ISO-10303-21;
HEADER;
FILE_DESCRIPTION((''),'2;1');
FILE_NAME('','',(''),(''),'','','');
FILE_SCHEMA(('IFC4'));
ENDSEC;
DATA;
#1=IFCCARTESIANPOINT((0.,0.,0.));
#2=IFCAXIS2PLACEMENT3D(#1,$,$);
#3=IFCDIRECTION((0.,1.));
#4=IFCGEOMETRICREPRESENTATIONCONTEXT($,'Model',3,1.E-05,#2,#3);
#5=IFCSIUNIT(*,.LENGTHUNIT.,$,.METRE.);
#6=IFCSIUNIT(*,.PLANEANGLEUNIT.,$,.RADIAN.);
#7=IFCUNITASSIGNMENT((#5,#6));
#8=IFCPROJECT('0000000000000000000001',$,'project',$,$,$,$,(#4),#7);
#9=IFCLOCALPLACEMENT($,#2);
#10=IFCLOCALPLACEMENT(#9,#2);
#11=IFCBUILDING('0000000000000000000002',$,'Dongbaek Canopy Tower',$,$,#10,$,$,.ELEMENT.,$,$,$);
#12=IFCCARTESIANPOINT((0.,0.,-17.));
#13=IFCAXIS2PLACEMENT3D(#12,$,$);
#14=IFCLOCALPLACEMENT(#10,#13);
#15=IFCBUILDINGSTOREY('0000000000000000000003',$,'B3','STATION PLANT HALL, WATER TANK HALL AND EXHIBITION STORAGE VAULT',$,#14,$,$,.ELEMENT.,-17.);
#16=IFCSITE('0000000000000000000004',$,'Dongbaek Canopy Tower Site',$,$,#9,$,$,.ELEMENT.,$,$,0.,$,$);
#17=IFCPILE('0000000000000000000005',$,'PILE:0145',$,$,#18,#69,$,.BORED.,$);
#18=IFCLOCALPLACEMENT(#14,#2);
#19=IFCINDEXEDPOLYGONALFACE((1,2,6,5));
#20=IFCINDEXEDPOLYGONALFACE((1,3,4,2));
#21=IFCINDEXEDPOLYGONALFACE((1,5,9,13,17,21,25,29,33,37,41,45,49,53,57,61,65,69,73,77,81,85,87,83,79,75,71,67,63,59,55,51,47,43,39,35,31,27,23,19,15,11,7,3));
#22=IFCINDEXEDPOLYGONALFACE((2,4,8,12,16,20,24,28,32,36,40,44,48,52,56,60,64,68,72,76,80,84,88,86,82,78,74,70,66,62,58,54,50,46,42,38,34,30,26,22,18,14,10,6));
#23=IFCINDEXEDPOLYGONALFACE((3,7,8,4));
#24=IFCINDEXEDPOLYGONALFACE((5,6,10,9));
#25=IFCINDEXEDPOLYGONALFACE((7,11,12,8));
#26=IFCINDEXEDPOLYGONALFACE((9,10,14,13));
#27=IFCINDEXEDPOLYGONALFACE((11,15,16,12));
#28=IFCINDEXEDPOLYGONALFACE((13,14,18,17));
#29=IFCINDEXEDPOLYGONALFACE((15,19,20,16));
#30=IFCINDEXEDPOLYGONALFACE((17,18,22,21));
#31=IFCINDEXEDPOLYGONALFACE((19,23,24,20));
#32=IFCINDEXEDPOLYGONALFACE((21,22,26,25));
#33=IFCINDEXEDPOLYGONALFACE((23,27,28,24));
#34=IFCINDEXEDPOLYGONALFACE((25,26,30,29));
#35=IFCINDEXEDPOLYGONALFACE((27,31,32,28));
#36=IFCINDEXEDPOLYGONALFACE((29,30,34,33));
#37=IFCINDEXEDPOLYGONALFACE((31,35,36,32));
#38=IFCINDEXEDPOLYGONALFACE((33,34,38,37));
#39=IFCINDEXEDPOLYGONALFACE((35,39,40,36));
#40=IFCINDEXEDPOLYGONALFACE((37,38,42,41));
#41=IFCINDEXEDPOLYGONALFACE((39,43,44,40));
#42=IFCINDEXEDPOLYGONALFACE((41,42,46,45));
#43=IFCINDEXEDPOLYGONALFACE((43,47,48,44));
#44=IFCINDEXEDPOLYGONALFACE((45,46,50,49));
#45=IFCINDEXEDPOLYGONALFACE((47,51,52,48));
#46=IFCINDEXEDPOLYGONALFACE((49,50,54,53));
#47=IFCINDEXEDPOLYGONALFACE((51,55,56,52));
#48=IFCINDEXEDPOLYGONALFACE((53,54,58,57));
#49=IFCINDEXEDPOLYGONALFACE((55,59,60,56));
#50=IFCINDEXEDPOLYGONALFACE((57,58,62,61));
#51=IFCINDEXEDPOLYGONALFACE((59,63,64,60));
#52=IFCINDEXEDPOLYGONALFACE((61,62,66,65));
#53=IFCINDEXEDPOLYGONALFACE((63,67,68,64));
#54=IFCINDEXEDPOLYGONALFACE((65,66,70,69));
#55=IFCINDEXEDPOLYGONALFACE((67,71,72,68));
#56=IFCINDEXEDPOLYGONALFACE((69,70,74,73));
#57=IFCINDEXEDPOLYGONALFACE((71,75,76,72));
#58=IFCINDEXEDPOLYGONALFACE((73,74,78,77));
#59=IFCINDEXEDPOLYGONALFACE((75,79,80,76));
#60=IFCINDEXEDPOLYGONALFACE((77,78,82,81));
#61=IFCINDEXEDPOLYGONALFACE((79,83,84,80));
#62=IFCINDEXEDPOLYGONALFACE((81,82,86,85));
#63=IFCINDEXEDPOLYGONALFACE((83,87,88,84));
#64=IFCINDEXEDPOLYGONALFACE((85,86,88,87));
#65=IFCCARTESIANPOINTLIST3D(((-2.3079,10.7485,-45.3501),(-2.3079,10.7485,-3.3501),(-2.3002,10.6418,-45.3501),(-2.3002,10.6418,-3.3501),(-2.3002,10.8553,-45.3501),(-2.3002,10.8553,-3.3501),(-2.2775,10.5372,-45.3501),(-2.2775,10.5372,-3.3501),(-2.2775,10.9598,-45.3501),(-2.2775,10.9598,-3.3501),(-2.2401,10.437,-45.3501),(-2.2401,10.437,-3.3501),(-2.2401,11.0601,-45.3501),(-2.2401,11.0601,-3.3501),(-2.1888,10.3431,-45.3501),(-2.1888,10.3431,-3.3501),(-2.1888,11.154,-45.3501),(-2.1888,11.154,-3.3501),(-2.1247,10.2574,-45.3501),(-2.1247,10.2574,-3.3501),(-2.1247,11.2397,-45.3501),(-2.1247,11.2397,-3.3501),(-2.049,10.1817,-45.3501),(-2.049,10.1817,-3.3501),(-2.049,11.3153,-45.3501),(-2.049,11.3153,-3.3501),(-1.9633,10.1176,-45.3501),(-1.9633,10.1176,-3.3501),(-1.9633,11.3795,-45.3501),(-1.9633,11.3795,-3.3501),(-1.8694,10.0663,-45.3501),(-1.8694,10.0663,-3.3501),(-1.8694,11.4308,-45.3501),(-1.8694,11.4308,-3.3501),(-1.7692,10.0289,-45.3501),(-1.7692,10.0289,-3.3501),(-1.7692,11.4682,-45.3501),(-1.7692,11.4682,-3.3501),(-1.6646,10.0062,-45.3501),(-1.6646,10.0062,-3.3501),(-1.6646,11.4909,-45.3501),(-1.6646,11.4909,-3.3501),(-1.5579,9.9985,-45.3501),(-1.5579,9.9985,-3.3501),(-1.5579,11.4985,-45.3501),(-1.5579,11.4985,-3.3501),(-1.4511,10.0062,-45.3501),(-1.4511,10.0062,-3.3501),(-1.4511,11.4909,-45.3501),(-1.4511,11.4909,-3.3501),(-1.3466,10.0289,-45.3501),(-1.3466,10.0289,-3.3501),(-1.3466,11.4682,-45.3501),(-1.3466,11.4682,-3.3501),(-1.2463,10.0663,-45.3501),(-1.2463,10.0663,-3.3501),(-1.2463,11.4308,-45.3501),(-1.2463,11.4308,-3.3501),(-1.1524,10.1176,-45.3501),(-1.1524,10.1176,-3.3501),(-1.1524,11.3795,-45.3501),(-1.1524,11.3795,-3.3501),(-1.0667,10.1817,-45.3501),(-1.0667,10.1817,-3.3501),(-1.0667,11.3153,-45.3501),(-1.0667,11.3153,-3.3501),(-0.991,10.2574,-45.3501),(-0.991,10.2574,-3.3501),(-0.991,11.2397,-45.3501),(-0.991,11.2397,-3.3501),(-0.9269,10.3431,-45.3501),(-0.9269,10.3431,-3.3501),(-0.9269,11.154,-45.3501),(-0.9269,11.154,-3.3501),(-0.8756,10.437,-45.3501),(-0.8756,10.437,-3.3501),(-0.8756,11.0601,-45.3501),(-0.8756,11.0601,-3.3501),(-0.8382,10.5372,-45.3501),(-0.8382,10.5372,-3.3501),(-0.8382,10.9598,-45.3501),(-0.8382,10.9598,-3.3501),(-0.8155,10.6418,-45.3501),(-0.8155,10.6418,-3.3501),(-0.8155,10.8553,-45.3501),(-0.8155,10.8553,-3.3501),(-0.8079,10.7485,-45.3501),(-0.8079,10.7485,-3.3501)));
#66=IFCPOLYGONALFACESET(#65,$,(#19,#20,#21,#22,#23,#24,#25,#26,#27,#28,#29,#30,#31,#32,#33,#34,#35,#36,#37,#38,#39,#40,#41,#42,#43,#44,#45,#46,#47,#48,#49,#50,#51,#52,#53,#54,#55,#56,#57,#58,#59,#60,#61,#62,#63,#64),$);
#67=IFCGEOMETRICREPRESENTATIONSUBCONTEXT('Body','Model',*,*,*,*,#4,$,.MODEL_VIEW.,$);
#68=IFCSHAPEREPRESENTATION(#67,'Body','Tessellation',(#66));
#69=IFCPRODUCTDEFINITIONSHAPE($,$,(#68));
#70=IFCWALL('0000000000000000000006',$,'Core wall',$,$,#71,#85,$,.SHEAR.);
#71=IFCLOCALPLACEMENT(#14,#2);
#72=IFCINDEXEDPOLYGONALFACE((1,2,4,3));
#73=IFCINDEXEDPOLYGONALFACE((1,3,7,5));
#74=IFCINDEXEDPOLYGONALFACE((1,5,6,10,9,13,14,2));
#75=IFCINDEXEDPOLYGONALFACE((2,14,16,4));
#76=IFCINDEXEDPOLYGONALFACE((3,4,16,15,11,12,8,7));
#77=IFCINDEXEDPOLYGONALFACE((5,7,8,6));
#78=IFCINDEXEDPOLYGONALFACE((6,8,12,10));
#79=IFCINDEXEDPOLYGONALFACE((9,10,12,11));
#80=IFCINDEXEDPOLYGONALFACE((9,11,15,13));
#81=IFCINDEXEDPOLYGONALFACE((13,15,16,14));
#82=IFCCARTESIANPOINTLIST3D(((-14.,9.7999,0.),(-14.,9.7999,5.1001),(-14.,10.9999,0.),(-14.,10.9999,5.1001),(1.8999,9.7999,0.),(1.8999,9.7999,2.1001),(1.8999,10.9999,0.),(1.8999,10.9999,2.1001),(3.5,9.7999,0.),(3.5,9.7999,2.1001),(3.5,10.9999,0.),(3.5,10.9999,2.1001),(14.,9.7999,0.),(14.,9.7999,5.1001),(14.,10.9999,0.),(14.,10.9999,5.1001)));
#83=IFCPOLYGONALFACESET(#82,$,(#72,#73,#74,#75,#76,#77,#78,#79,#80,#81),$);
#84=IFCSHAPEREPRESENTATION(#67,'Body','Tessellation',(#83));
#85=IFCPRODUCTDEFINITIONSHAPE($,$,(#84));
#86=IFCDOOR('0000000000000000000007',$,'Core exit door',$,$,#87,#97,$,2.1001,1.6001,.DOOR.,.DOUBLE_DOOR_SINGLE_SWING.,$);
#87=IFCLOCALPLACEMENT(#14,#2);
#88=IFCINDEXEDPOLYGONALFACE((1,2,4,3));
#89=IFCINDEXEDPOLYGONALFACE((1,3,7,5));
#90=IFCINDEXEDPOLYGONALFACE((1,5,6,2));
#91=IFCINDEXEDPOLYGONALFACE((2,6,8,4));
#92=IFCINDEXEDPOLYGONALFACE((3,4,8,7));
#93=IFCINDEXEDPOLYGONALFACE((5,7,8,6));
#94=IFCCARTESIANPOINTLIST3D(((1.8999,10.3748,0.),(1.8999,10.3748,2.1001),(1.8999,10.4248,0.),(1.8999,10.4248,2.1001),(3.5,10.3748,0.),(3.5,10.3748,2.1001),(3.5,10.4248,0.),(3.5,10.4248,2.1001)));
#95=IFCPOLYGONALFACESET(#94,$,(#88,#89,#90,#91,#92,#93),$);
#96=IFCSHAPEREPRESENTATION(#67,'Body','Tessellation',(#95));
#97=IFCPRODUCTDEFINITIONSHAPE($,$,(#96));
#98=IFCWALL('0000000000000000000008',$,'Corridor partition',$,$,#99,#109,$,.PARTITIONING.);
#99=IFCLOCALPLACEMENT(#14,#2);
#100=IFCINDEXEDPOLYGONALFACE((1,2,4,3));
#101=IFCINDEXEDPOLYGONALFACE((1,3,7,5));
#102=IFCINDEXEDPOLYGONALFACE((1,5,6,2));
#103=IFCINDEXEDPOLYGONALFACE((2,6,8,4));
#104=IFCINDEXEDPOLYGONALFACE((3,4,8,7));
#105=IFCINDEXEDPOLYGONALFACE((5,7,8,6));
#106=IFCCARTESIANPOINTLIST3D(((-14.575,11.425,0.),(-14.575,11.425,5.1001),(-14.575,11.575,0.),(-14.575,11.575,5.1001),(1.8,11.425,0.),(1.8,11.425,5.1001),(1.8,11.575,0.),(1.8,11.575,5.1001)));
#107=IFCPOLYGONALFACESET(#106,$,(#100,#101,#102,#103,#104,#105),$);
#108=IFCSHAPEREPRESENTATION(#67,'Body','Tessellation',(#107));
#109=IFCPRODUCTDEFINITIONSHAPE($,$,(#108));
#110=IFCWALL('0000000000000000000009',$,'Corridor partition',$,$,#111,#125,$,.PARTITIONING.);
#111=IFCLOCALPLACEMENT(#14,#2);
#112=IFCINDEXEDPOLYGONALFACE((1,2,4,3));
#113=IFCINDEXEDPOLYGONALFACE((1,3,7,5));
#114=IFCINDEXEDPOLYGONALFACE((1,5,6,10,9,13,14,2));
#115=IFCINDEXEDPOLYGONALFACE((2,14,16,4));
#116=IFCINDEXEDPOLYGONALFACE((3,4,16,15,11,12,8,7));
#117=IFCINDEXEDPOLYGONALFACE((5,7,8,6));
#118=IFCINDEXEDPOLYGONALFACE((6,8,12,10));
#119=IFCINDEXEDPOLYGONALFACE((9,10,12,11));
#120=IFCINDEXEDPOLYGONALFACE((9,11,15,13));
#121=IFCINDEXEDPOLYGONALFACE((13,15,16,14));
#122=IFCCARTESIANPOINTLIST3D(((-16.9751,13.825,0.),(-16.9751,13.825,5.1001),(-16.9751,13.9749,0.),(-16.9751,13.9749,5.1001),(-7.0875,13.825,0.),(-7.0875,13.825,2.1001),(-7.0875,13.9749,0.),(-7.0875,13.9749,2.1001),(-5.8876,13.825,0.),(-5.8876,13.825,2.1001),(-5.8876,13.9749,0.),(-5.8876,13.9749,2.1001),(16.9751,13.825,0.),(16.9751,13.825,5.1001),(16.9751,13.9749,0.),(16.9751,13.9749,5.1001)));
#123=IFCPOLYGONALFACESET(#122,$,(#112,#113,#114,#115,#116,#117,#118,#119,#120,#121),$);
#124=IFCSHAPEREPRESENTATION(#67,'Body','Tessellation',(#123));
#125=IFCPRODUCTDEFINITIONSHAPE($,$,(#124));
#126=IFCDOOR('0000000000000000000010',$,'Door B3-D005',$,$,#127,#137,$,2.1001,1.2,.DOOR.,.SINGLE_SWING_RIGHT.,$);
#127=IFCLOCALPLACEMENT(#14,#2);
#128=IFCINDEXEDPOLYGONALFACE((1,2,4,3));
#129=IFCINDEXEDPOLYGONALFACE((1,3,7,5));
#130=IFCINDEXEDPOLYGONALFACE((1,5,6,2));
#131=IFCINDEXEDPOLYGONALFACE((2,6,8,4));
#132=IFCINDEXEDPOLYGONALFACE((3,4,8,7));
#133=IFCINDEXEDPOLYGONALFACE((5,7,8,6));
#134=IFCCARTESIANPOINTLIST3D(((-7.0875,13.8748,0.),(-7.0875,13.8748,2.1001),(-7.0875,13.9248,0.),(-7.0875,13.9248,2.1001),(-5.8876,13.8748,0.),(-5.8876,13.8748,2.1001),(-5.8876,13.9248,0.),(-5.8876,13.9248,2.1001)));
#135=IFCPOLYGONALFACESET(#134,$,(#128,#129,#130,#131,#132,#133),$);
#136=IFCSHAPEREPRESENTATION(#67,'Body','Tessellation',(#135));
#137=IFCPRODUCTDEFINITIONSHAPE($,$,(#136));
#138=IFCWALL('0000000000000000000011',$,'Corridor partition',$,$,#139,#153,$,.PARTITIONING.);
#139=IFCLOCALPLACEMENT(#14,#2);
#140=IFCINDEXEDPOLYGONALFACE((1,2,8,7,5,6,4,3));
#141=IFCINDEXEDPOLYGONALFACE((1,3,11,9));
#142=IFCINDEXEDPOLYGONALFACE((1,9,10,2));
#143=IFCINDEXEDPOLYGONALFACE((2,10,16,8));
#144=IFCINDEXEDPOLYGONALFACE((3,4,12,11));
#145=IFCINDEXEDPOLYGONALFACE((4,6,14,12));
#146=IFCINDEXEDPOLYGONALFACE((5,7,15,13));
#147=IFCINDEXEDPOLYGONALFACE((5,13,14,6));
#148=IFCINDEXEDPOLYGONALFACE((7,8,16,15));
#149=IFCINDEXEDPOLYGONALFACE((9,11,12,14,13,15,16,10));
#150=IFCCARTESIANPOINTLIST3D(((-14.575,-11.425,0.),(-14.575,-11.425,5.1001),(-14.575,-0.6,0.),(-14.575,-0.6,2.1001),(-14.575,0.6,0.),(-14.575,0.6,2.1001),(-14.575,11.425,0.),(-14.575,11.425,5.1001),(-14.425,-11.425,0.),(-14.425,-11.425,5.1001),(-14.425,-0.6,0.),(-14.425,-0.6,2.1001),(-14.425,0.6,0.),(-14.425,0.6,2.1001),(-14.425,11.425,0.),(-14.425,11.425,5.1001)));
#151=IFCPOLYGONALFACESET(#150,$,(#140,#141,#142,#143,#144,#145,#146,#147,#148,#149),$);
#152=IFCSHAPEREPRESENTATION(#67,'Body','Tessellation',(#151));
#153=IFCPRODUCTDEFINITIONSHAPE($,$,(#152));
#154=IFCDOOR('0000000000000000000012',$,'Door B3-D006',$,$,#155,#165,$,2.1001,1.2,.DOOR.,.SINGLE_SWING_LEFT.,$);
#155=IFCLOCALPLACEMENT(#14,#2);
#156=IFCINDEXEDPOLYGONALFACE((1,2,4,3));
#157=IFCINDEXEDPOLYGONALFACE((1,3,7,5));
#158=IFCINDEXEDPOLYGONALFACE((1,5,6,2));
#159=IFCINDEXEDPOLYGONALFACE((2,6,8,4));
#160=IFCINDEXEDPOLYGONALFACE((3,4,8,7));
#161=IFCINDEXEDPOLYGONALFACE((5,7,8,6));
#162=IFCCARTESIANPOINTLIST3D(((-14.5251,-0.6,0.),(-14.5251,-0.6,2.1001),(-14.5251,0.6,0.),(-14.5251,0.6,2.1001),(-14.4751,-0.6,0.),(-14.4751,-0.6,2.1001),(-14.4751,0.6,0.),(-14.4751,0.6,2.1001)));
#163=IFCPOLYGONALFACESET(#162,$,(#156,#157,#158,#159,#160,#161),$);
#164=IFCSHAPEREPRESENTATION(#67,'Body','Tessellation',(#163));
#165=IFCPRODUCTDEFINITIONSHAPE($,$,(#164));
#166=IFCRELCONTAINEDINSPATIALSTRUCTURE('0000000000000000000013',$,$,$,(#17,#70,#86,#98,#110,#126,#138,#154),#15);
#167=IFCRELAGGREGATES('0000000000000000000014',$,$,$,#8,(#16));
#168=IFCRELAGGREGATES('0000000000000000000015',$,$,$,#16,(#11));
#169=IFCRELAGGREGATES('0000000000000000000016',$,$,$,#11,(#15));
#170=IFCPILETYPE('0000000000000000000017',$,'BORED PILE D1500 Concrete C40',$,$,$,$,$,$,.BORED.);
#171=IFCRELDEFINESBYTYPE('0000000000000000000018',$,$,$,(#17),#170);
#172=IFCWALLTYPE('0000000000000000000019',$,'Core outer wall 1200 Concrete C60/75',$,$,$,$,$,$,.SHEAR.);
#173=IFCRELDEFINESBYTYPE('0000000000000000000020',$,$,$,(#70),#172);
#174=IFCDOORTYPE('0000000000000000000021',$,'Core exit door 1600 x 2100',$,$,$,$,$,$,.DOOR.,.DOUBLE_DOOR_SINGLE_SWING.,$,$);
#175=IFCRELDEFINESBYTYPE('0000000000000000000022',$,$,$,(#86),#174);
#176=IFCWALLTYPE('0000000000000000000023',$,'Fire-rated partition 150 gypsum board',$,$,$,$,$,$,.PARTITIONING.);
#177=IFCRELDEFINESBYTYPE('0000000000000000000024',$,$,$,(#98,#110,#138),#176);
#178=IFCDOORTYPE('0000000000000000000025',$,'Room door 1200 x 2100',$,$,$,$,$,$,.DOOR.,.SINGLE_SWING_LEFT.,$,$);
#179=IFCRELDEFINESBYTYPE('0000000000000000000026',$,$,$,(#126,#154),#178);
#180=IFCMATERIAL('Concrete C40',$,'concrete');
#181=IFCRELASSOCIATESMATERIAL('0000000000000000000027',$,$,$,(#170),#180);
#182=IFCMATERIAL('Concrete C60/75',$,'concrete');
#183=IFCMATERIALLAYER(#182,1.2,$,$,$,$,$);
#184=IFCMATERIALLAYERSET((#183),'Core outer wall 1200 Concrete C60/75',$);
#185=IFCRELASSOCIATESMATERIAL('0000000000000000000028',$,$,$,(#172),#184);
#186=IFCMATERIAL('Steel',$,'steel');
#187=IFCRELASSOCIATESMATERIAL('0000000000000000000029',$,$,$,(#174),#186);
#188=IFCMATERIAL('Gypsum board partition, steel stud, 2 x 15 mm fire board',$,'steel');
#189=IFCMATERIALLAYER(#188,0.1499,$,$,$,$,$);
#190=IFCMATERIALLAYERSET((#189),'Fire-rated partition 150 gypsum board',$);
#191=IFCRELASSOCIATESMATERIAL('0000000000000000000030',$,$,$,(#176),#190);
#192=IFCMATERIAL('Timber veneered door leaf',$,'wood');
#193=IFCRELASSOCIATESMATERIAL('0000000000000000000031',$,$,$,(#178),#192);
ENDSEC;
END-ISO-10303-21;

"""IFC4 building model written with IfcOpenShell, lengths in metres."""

from ifc_helpers import new_model, si_unit, direction, frame, frame_2d, origin, origin_2d, place, context, subcontext, project, spatial, rectangle, circle, extrude, material, layer, layer_set, material_profile, profile_set, type_object, element, fill, save


model = new_model("IFC4")

# Units and contexts
model_context = context("Model", 3, precision=1e-05, world=origin(), true_north=direction((0.0, 1.0)))
body_context = subcontext(model_context, "Body", "Model", "MODEL_VIEW")
ifc_project = project(units=[si_unit("LENGTHUNIT", "METRE"), si_unit("PLANEANGLEUNIT", "RADIAN")], contexts=[model_context])

# Site, building, storey
site_placement = place(None, origin())
site = spatial("IfcSite", under=ifc_project, at=site_placement, Name="Dongbaek Canopy Tower Site", CompositionType="ELEMENT", RefElevation=0.0)
building_placement = place(site_placement, origin())
building = spatial("IfcBuilding", under=site, at=building_placement, Name="Dongbaek Canopy Tower", CompositionType="ELEMENT")
storey_placement = place(building_placement, frame((0.0, 0.0, -17.0)))
storey = spatial("IfcBuildingStorey", under=building, at=storey_placement, Name="B3", Description="STATION PLANT HALL, WATER TANK HALL AND EXHIBITION STORAGE VAULT", CompositionType="ELEMENT", Elevation=-17.0)

# Pile
ifc_material_1 = material(Name="Concrete C40", Category="concrete")
ifc_material_profile = material_profile(ifc_material_1, circle(Radius=0.75, at=origin_2d()), Name="BORED PILE D1500 Concrete C40")
ifc_profile_set = profile_set([ifc_material_profile], Name="Concrete C40")
pile_type = type_object("IfcPileType", Name="BORED PILE D1500 Concrete C40", PredefinedType="BORED", material=ifc_profile_set)
for number, where, z_axis, x_axis, name in (
    (1, (-1.5579, 10.7485, -3.3501), (0.0, 0.0, -1.0), (1.0, 0.0, 0.0), "PILE:0145"),
):
    element("IfcPile", number, at=place(storey_placement, frame(where, z_axis=z_axis, x_axis=x_axis)), inside=storey, type_object=pile_type, Name=name, PredefinedType="BORED", context=body_context, shape_type="SweptSolid", body=[
        extrude(circle(Radius=0.75, at=origin_2d()), origin(), (0.0, 0.0, 1.0), 42.0),
    ])

# Wall, opening, door
ifc_material_2 = material(Name="Concrete C60/75", Category="concrete")
ifc_layer_1 = layer(ifc_material_2, 1.2)
ifc_layer_set_1 = layer_set([ifc_layer_1], Name="Core outer wall 1200 Concrete C60/75")
wall_type_1 = type_object("IfcWallType", Name="Core outer wall 1200 Concrete C60/75", PredefinedType="SHEAR", material=ifc_layer_set_1)
wall_1_placement = place(storey_placement, frame((-14.0, 10.3999, 0.0), z_axis=(0.0, 0.0, 1.0), x_axis=(1.0, 0.0, 0.0)))
wall_1 = element("IfcWall", 2, at=wall_1_placement, inside=storey, type_object=wall_type_1, Name="Core wall", PredefinedType="SHEAR", context=body_context, shape_type="SweptSolid", body=[
    extrude(rectangle(XDim=28.0, YDim=1.2, at=frame_2d((14.0, 0.0))), origin(), (0.0, 0.0, 1.0), 5.1001),
])
opening_1_placement = place(wall_1_placement, frame((15.8999, 0.0, 0.0)))
opening_1 = element("IfcOpeningElement", 3, at=opening_1_placement, cuts=wall_1, PredefinedType="OPENING", context=body_context, shape_type="SweptSolid", body=[
    extrude(rectangle(XDim=1.6001, YDim=2.1001, at=frame_2d((0.8, 1.05))), frame((0.0, 0.6099, 0.0), z_axis=(0.0, -1.0, 0.0), x_axis=(1.0, 0.0, 0.0)), (0.0, 0.0, 1.0), 1.22),
])
ifc_material_3 = material(Name="Steel", Category="steel")
door_type_1 = type_object("IfcDoorType", Name="Core exit door 1600 x 2100", OperationType="DOUBLE_DOOR_SINGLE_SWING", PredefinedType="DOOR", material=ifc_material_3)
door_1_placement = place(opening_1_placement, origin())
door_1 = element("IfcDoor", 4, at=door_1_placement, inside=storey, type_object=door_type_1, Name="Core exit door", OperationType="DOUBLE_DOOR_SINGLE_SWING", OverallHeight=2.1001, OverallWidth=1.6001, PredefinedType="DOOR", context=body_context, shape_type="SweptSolid", body=[
    extrude(rectangle(XDim=1.6001, YDim=2.1001, at=frame_2d((0.8, 1.05))), frame((0.0, 0.0249, 0.0), z_axis=(0.0, -1.0, 0.0), x_axis=(1.0, 0.0, 0.0)), (0.0, 0.0, 1.0), 0.05),
])
fill(opening_1, door_1)

# Wall
ifc_material_4 = material(Name="Gypsum board partition, steel stud, 2 x 15 mm fire board", Category="steel")
ifc_layer_2 = layer(ifc_material_4, 0.1499)
ifc_layer_set_2 = layer_set([ifc_layer_2], Name="Fire-rated partition 150 gypsum board")
wall_type_2 = type_object("IfcWallType", Name="Fire-rated partition 150 gypsum board", PredefinedType="PARTITIONING", material=ifc_layer_set_2)
wall_2_placement = place(storey_placement, frame((-14.575, 11.5, 0.0), z_axis=(0.0, 0.0, 1.0), x_axis=(1.0, 0.0, 0.0)))
element("IfcWall", 5, at=wall_2_placement, inside=storey, type_object=wall_type_2, Name="Corridor partition", PredefinedType="PARTITIONING", context=body_context, shape_type="SweptSolid", body=[
    extrude(rectangle(XDim=16.375, YDim=0.1499, at=frame_2d((8.1875, 0.0))), origin(), (0.0, 0.0, 1.0), 5.1001),
])

# Walls, openings, doors
wall_3_placement = place(storey_placement, frame((-16.9751, 13.8999, 0.0), z_axis=(0.0, 0.0, 1.0), x_axis=(1.0, 0.0, 0.0)))
wall_3 = element("IfcWall", 6, at=wall_3_placement, inside=storey, type_object=wall_type_2, Name="Corridor partition", PredefinedType="PARTITIONING", context=body_context, shape_type="SweptSolid", body=[
    extrude(rectangle(XDim=33.9502, YDim=0.1499, at=frame_2d((16.9751, 0.0))), origin(), (0.0, 0.0, 1.0), 5.1001),
])
opening_2_placement = place(wall_3_placement, frame((9.8875, 0.0, 0.0)))
opening_2 = element("IfcOpeningElement", 7, at=opening_2_placement, cuts=wall_3, PredefinedType="OPENING", context=body_context, shape_type="SweptSolid", body=[
    extrude(rectangle(XDim=1.2, YDim=2.1001, at=frame_2d((0.6001, 1.05))), frame((0.0, 0.085, 0.0), z_axis=(0.0, -1.0, 0.0), x_axis=(1.0, 0.0, 0.0)), (0.0, 0.0, 1.0), 0.1699),
])
ifc_material_5 = material(Name="Timber veneered door leaf", Category="wood")
door_type_2 = type_object("IfcDoorType", Name="Room door 1200 x 2100", OperationType="SINGLE_SWING_LEFT", PredefinedType="DOOR", material=ifc_material_5)
door_2_placement = place(opening_2_placement, origin())
door_2 = element("IfcDoor", 8, at=door_2_placement, inside=storey, type_object=door_type_2, Name="Door B3-D005", OperationType="SINGLE_SWING_RIGHT", OverallHeight=2.1001, OverallWidth=1.2, PredefinedType="DOOR", context=body_context, shape_type="SweptSolid", body=[
    extrude(rectangle(XDim=1.2, YDim=2.1001, at=frame_2d((0.6001, 1.05))), frame((0.0, 0.0249, 0.0), z_axis=(0.0, -1.0, 0.0), x_axis=(1.0, 0.0, 0.0)), (0.0, 0.0, 1.0), 0.05),
])
fill(opening_2, door_2)
wall_4_placement = place(storey_placement, frame((-14.5, 11.425, 0.0), z_axis=(0.0, 0.0, 1.0), x_axis=(0.0, -1.0, 0.0)))
wall_4 = element("IfcWall", 9, at=wall_4_placement, inside=storey, type_object=wall_type_2, Name="Corridor partition", PredefinedType="PARTITIONING", context=body_context, shape_type="SweptSolid", body=[
    extrude(rectangle(XDim=22.8501, YDim=0.1499, at=frame_2d((11.425, 0.0))), origin(), (0.0, 0.0, 1.0), 5.1001),
])
opening_3_placement = place(wall_4_placement, frame((10.825, 0.0, 0.0)))
opening_3 = element("IfcOpeningElement", 10, at=opening_3_placement, cuts=wall_4, PredefinedType="OPENING", context=body_context, shape_type="SweptSolid", body=[
    extrude(rectangle(XDim=1.2, YDim=2.1001, at=frame_2d((0.6001, 1.05))), frame((0.0, 0.085, 0.0), z_axis=(0.0, -1.0, 0.0), x_axis=(1.0, 0.0, 0.0)), (0.0, 0.0, 1.0), 0.1699),
])
door_3_placement = place(opening_3_placement, origin())
door_3 = element("IfcDoor", 11, at=door_3_placement, inside=storey, type_object=door_type_2, Name="Door B3-D006", OperationType="SINGLE_SWING_LEFT", OverallHeight=2.1001, OverallWidth=1.2, PredefinedType="DOOR", context=body_context, shape_type="SweptSolid", body=[
    extrude(rectangle(XDim=1.2, YDim=2.1001, at=frame_2d((0.6001, 1.05))), frame((0.0, 0.0249, 0.0), z_axis=(0.0, -1.0, 0.0), x_axis=(1.0, 0.0, 0.0)), (0.0, 0.0, 1.0), 0.05),
])
fill(opening_3, door_3)

save(model, "model.ifc")
